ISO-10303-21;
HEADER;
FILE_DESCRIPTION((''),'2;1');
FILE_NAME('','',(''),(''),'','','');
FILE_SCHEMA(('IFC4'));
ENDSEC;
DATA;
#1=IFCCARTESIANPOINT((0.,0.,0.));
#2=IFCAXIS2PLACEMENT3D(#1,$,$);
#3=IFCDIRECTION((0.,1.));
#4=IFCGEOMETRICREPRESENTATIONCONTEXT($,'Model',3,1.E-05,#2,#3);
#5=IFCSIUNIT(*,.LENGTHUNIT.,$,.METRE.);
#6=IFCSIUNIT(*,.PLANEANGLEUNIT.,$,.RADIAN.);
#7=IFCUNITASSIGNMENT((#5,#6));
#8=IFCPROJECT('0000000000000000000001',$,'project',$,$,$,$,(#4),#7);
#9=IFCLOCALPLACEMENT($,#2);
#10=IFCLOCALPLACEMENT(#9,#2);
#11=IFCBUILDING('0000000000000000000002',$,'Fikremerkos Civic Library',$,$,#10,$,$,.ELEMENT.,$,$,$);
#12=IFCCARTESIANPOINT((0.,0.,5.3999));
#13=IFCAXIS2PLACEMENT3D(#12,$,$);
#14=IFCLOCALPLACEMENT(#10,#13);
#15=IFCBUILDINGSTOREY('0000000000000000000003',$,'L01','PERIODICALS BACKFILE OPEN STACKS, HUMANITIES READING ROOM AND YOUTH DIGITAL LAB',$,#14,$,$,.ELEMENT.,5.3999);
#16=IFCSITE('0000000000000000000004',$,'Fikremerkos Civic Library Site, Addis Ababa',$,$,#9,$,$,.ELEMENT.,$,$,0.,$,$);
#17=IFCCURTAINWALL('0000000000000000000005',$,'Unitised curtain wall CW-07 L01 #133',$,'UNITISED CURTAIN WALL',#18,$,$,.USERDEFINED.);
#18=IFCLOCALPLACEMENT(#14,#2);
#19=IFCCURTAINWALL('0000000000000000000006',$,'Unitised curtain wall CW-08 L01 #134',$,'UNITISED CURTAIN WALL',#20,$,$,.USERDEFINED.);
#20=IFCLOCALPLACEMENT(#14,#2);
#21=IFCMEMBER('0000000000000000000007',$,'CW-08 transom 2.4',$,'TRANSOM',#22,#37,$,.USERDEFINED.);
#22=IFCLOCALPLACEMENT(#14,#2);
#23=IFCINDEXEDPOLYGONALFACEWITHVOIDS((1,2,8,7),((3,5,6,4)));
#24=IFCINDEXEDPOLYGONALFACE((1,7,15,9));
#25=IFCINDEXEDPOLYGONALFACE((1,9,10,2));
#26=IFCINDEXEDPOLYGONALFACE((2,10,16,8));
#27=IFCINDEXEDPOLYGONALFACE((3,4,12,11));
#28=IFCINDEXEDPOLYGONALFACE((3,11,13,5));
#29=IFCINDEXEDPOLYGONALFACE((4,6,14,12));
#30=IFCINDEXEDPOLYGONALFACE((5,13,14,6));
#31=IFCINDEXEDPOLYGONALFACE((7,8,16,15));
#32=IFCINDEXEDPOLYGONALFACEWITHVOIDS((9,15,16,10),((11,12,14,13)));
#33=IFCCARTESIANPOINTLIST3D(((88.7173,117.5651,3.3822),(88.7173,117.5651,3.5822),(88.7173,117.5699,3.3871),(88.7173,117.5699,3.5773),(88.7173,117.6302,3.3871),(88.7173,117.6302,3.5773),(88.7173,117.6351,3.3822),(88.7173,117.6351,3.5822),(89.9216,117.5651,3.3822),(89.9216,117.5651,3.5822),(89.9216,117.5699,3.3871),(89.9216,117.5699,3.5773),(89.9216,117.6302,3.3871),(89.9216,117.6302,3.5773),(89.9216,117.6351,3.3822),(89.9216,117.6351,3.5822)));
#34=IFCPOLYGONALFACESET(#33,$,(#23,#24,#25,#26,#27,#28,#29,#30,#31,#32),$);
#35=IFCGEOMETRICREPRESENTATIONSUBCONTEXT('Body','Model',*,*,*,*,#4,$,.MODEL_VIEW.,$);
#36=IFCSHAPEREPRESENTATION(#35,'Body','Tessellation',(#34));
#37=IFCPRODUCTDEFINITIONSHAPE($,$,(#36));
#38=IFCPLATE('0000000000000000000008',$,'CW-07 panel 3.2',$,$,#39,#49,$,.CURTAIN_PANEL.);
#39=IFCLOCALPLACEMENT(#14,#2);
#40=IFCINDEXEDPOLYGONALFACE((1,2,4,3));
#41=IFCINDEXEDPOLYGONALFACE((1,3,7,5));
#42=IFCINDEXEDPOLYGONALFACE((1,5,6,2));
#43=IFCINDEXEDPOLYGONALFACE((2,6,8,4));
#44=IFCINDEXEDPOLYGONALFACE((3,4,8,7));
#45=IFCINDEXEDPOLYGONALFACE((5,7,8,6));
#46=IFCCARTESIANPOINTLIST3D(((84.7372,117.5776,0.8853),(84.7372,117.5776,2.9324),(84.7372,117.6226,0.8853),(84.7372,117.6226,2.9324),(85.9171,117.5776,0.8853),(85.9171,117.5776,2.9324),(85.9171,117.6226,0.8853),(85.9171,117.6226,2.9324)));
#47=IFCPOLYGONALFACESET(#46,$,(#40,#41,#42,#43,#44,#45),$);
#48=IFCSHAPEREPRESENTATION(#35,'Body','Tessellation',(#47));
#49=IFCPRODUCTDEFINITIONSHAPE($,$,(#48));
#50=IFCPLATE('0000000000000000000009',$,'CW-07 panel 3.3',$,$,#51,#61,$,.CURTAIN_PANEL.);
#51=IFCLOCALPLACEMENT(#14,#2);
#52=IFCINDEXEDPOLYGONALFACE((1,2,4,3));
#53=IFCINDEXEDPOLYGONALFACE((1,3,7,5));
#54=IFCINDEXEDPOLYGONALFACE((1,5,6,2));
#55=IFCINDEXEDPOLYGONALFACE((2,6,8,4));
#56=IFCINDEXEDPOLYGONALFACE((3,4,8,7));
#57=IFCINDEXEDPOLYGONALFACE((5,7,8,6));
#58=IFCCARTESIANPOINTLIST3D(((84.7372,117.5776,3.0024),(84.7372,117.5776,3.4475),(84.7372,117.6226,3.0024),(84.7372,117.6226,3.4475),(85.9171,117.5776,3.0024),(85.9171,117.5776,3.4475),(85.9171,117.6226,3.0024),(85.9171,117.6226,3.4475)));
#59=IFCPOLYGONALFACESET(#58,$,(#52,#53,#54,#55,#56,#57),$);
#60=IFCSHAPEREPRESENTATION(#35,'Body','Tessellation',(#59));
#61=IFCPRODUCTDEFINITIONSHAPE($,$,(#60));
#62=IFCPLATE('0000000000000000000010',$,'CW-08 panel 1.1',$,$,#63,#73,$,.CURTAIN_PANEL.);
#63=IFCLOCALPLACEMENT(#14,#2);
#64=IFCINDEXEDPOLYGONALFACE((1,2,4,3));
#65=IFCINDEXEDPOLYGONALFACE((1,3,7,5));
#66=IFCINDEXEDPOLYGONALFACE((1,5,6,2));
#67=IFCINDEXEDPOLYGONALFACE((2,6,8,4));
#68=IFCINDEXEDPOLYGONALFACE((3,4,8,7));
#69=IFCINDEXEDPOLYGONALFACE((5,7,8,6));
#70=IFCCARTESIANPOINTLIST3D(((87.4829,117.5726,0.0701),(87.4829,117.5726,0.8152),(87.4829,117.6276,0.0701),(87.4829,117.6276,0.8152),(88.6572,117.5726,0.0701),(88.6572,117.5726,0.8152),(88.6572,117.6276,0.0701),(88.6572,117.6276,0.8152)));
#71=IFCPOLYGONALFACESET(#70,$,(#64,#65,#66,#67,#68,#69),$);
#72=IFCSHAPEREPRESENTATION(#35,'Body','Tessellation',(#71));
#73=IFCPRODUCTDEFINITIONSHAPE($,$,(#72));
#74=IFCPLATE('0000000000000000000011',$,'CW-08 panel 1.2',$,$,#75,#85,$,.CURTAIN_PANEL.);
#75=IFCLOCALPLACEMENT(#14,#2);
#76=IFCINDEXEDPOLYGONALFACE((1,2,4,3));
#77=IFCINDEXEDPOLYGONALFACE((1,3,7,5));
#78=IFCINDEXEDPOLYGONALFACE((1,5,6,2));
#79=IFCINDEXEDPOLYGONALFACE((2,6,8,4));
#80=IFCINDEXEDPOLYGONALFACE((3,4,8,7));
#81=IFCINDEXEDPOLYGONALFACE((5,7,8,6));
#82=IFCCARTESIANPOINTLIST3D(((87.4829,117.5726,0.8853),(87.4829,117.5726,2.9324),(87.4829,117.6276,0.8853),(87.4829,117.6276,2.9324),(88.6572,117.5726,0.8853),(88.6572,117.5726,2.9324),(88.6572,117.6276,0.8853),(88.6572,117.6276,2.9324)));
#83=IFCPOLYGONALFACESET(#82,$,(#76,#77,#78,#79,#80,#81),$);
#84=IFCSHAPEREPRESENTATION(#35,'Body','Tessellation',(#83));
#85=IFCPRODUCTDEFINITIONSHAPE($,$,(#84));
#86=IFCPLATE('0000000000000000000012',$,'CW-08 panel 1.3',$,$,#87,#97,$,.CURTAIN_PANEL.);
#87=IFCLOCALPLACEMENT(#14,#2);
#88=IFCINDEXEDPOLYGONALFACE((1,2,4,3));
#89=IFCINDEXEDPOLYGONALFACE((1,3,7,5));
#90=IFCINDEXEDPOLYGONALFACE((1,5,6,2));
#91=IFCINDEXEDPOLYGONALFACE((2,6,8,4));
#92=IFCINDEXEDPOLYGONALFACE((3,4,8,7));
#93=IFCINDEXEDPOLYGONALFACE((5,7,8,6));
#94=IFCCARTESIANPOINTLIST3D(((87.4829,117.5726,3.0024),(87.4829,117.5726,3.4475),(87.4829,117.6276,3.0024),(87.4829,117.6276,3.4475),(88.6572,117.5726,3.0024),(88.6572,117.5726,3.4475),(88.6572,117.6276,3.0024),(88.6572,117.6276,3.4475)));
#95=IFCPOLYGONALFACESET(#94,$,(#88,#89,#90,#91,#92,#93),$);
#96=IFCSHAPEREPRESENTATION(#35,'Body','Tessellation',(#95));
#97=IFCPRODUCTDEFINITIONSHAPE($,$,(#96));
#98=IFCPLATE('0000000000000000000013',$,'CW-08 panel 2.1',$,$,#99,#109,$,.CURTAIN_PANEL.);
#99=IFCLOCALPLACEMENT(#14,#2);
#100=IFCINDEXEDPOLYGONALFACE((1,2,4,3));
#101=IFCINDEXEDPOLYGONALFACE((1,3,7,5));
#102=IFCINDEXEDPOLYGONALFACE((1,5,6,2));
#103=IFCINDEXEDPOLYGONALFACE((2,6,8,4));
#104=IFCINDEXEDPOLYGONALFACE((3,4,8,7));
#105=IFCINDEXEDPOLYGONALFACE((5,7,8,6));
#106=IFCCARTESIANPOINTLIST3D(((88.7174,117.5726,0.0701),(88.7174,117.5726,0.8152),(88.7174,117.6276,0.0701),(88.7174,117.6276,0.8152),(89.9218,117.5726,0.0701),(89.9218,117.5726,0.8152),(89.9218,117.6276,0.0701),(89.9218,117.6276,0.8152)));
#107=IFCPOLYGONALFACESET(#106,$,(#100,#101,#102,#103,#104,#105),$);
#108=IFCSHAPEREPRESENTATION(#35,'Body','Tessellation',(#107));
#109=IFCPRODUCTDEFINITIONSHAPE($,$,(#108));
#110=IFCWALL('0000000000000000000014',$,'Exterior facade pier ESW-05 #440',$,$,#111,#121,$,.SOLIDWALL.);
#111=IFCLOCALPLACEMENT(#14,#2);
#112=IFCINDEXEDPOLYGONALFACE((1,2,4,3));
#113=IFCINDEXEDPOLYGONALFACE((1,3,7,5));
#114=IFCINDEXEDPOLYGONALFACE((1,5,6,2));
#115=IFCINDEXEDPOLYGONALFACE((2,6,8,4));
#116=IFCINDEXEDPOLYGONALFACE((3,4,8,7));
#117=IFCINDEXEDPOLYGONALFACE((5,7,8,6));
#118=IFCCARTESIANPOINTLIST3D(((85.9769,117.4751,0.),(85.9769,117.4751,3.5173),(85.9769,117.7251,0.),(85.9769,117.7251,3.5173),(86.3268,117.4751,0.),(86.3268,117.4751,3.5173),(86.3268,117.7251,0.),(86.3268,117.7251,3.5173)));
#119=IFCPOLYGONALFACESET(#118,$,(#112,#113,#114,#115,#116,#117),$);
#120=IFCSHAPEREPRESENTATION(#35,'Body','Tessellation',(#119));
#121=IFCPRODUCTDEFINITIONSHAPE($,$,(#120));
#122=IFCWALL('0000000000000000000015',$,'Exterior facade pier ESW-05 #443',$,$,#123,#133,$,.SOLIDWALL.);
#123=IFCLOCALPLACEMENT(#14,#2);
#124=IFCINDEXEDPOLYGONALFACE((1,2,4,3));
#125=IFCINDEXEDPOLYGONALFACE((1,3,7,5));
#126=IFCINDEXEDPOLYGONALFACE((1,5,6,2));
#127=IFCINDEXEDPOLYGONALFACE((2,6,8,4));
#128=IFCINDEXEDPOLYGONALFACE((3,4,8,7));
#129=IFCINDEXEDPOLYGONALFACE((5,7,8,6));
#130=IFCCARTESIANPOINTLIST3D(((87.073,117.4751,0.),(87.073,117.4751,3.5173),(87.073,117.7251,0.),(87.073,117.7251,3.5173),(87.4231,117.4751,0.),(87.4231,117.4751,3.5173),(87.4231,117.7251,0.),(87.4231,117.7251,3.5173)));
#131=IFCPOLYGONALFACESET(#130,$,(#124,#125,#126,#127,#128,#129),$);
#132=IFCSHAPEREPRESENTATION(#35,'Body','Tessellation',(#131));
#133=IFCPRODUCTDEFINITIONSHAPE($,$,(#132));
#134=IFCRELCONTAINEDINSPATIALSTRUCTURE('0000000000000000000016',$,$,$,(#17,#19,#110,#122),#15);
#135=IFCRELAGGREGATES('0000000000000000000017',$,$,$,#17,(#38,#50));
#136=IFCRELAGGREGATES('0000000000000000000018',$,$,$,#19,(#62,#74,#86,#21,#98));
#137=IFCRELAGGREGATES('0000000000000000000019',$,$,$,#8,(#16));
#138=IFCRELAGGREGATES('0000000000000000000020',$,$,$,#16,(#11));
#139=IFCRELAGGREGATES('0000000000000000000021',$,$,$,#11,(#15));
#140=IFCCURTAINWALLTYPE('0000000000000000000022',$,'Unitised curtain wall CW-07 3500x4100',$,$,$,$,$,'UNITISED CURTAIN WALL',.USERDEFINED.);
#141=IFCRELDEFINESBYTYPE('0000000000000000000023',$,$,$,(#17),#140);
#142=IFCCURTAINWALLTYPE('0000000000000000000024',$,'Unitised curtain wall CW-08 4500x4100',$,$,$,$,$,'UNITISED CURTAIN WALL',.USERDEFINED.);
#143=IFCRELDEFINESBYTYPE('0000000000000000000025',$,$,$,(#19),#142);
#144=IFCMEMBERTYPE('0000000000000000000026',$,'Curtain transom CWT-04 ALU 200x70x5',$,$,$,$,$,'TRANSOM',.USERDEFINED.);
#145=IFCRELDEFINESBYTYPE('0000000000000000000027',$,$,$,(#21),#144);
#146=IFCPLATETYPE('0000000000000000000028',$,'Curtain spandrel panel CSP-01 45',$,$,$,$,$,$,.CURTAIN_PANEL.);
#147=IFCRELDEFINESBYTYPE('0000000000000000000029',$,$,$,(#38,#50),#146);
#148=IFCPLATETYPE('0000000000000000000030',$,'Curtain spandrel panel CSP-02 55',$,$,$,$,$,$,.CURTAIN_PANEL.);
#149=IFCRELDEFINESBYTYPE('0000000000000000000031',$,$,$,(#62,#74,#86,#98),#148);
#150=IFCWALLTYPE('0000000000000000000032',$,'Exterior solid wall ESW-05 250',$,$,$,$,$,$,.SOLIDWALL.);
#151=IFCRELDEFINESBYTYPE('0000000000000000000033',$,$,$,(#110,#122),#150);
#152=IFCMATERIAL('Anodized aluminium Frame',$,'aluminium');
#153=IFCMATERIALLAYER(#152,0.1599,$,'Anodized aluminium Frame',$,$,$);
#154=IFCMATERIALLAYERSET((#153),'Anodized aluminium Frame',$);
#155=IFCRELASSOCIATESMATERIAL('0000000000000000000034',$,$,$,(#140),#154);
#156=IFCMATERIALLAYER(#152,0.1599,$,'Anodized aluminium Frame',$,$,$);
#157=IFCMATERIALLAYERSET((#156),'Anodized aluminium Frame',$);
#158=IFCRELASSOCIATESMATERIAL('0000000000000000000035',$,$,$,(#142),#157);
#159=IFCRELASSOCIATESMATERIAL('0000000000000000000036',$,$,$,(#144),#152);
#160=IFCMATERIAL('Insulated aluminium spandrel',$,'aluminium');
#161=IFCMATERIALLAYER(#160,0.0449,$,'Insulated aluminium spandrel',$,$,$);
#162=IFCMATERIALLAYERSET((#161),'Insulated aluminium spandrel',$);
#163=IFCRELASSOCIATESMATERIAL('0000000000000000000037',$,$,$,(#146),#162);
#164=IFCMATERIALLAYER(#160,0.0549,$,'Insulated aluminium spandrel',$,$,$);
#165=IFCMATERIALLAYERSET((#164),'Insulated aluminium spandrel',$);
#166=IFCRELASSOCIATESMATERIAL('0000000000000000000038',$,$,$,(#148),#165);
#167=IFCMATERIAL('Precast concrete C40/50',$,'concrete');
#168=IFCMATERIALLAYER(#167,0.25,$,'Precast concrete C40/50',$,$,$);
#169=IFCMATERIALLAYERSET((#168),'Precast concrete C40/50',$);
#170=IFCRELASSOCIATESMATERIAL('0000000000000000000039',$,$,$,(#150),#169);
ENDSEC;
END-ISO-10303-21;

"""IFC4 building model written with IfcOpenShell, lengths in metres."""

from ifc_helpers import new_model, si_unit, direction, frame, frame_2d, origin, origin_2d, place, context, subcontext, project, spatial, rectangle, hollow_rectangle, extrude, material, layer, layer_set, material_profile, profile_set, type_object, element, aggregate, save


model = new_model("IFC4")

# Units and contexts
model_context = context("Model", 3, precision=1e-05, world=origin(), true_north=direction((0.0, 1.0)))
body_context = subcontext(model_context, "Body", "Model", "MODEL_VIEW")
ifc_project = project(units=[si_unit("LENGTHUNIT", "METRE"), si_unit("PLANEANGLEUNIT", "RADIAN")], contexts=[model_context])

# Site, building, storey
site_placement = place(None, origin())
site = spatial("IfcSite", under=ifc_project, at=site_placement, Name="Fikremerkos Civic Library Site, Addis Ababa", CompositionType="ELEMENT", RefElevation=0.0)
building_placement = place(site_placement, origin())
building = spatial("IfcBuilding", under=site, at=building_placement, Name="Fikremerkos Civic Library", CompositionType="ELEMENT")
storey_placement = place(building_placement, frame((0.0, 0.0, 5.3999)))
storey = spatial("IfcBuildingStorey", under=building, at=storey_placement, Name="L01", Description="PERIODICALS BACKFILE OPEN STACKS, HUMANITIES READING ROOM AND YOUTH DIGITAL LAB", CompositionType="ELEMENT", Elevation=5.3999)

# Curtain wall
ifc_material_1 = material(Name="Anodized aluminium Frame", Category="aluminium")
ifc_layer_1 = layer(ifc_material_1, 0.1599, Name="Anodized aluminium Frame")
ifc_layer_set_1 = layer_set([ifc_layer_1], Name="Anodized aluminium Frame")
curtain_wall_type_1 = type_object("IfcCurtainWallType", Name="Unitised curtain wall CW-07 3500x4100", ElementType="UNITISED CURTAIN WALL", PredefinedType="USERDEFINED", material=ifc_layer_set_1)
curtain_wall_1_placement = place(storey_placement, origin())
curtain_wall_1 = element("IfcCurtainWall", 1, at=curtain_wall_1_placement, inside=storey, type_object=curtain_wall_type_1, Name="Unitised curtain wall CW-07 L01 #133", ObjectType="UNITISED CURTAIN WALL", PredefinedType="USERDEFINED")

# Curtain wall, member
ifc_layer_2 = layer(ifc_material_1, 0.1599, Name="Anodized aluminium Frame")
ifc_layer_set_2 = layer_set([ifc_layer_2], Name="Anodized aluminium Frame")
curtain_wall_type_2 = type_object("IfcCurtainWallType", Name="Unitised curtain wall CW-08 4500x4100", ElementType="UNITISED CURTAIN WALL", PredefinedType="USERDEFINED", material=ifc_layer_set_2)
curtain_wall_2_placement = place(storey_placement, origin())
curtain_wall_2 = element("IfcCurtainWall", 2, at=curtain_wall_2_placement, inside=storey, type_object=curtain_wall_type_2, Name="Unitised curtain wall CW-08 L01 #134", ObjectType="UNITISED CURTAIN WALL", PredefinedType="USERDEFINED")
ifc_material_profile_1 = material_profile(ifc_material_1, hollow_rectangle(XDim=0.0701, YDim=0.2, WallThickness=0.0049, at=origin_2d()), Name="ALU 200x70x5")
ifc_profile_set_1 = profile_set([ifc_material_profile_1], Name="Anodized aluminium Frame")
member_type_1 = type_object("IfcMemberType", Name="Curtain transom CWT-04 ALU 200x70x5", ElementType="TRANSOM", PredefinedType="USERDEFINED", material=ifc_profile_set_1)
member_1_placement = place(storey_placement, frame((88.7173, 117.6001, 3.4822), z_axis=(1.0, 0.0, 0.0), x_axis=(0.0, 1.0, 0.0)))
member_1 = element("IfcMember", 3, at=member_1_placement, type_object=member_type_1, Name="CW-08 transom 2.4", ObjectType="TRANSOM", PredefinedType="USERDEFINED", context=body_context, shape_type="SweptSolid", body=[
    extrude(hollow_rectangle(XDim=0.0701, YDim=0.2, WallThickness=0.0049, at=origin_2d()), origin(), (0.0, 0.0, 1.0), 1.2043),
])

# Plates
ifc_material_2 = material(Name="Insulated aluminium spandrel", Category="aluminium")
ifc_layer_3 = layer(ifc_material_2, 0.0449, Name="Insulated aluminium spandrel")
ifc_layer_set_3 = layer_set([ifc_layer_3], Name="Insulated aluminium spandrel")
plate_type_1 = type_object("IfcPlateType", Name="Curtain spandrel panel CSP-01 45", PredefinedType="CURTAIN_PANEL", material=ifc_layer_set_3)
plate_1_placement = place(storey_placement, frame((85.3271, 117.6001, 0.8853), z_axis=(0.0, 0.0, 1.0), x_axis=(1.0, 0.0, 0.0)))
plate_1 = element("IfcPlate", 4, at=plate_1_placement, type_object=plate_type_1, Name="CW-07 panel 3.2", PredefinedType="CURTAIN_PANEL", context=body_context, shape_type="SweptSolid", body=[
    extrude(rectangle(XDim=1.1799, YDim=0.0449, at=origin_2d()), origin(), (0.0, 0.0, 1.0), 2.0471),
])
plate_2_placement = place(storey_placement, frame((85.3271, 117.6001, 3.0024), z_axis=(0.0, 0.0, 1.0), x_axis=(1.0, 0.0, 0.0)))
plate_2 = element("IfcPlate", 5, at=plate_2_placement, type_object=plate_type_1, Name="CW-07 panel 3.3", PredefinedType="CURTAIN_PANEL", context=body_context, shape_type="SweptSolid", body=[
    extrude(rectangle(XDim=1.1799, YDim=0.0449, at=origin_2d()), origin(), (0.0, 0.0, 1.0), 0.4451),
])
aggregate(curtain_wall_1, [plate_1, plate_2])
ifc_layer_4 = layer(ifc_material_2, 0.0549, Name="Insulated aluminium spandrel")
ifc_layer_set_4 = layer_set([ifc_layer_4], Name="Insulated aluminium spandrel")
plate_type_2 = type_object("IfcPlateType", Name="Curtain spandrel panel CSP-02 55", PredefinedType="CURTAIN_PANEL", material=ifc_layer_set_4)
plate_3_placement = place(storey_placement, frame((88.0701, 117.6001, 0.0701), z_axis=(0.0, 0.0, 1.0), x_axis=(1.0, 0.0, 0.0)))
plate_3 = element("IfcPlate", 6, at=plate_3_placement, type_object=plate_type_2, Name="CW-08 panel 1.1", PredefinedType="CURTAIN_PANEL", context=body_context, shape_type="SweptSolid", body=[
    extrude(rectangle(XDim=1.1743, YDim=0.0549, at=origin_2d()), origin(), (0.0, 0.0, 1.0), 0.7451),
])
plate_4_placement = place(storey_placement, frame((88.0701, 117.6001, 0.8853), z_axis=(0.0, 0.0, 1.0), x_axis=(1.0, 0.0, 0.0)))
plate_4 = element("IfcPlate", 7, at=plate_4_placement, type_object=plate_type_2, Name="CW-08 panel 1.2", PredefinedType="CURTAIN_PANEL", context=body_context, shape_type="SweptSolid", body=[
    extrude(rectangle(XDim=1.1743, YDim=0.0549, at=origin_2d()), origin(), (0.0, 0.0, 1.0), 2.0471),
])
plate_5_placement = place(storey_placement, frame((88.0701, 117.6001, 3.0024), z_axis=(0.0, 0.0, 1.0), x_axis=(1.0, 0.0, 0.0)))
plate_5 = element("IfcPlate", 8, at=plate_5_placement, type_object=plate_type_2, Name="CW-08 panel 1.3", PredefinedType="CURTAIN_PANEL", context=body_context, shape_type="SweptSolid", body=[
    extrude(rectangle(XDim=1.1743, YDim=0.0549, at=origin_2d()), origin(), (0.0, 0.0, 1.0), 0.4451),
])
plate_6_placement = place(storey_placement, frame((89.3196, 117.6001, 0.0701), z_axis=(0.0, 0.0, 1.0), x_axis=(1.0, 0.0, 0.0)))
plate_6 = element("IfcPlate", 9, at=plate_6_placement, type_object=plate_type_2, Name="CW-08 panel 2.1", PredefinedType="CURTAIN_PANEL", context=body_context, shape_type="SweptSolid", body=[
    extrude(rectangle(XDim=1.2043, YDim=0.0549, at=origin_2d()), origin(), (0.0, 0.0, 1.0), 0.7451),
])
aggregate(curtain_wall_2, [plate_3, plate_4, plate_5, member_1, plate_6])

# Walls
ifc_material_3 = material(Name="Precast concrete C40/50", Category="concrete")
ifc_layer_5 = layer(ifc_material_3, 0.25, Name="Precast concrete C40/50")
ifc_layer_set_5 = layer_set([ifc_layer_5], Name="Precast concrete C40/50")
wall_type = type_object("IfcWallType", Name="Exterior solid wall ESW-05 250", PredefinedType="SOLIDWALL", material=ifc_layer_set_5)
wall_1_placement = place(storey_placement, frame((85.9771, 117.6001, 0.0), z_axis=(0.0, 0.0, 1.0), x_axis=(1.0, 0.0, 0.0)))
element("IfcWall", 10, at=wall_1_placement, inside=storey, type_object=wall_type, Name="Exterior facade pier ESW-05 #440", PredefinedType="SOLIDWALL", context=body_context, shape_type="SweptSolid", body=[
    extrude(rectangle(XDim=0.3499, YDim=0.25, at=frame_2d((0.1748, 0.0))), origin(), (0.0, 0.0, 1.0), 3.5173),
])
wall_2_placement = place(storey_placement, frame((87.073, 117.6001, 0.0), z_axis=(0.0, 0.0, 1.0), x_axis=(1.0, 0.0, 0.0)))
element("IfcWall", 11, at=wall_2_placement, inside=storey, type_object=wall_type, Name="Exterior facade pier ESW-05 #443", PredefinedType="SOLIDWALL", context=body_context, shape_type="SweptSolid", body=[
    extrude(rectangle(XDim=0.3501, YDim=0.25, at=frame_2d((0.175, 0.0))), origin(), (0.0, 0.0, 1.0), 3.5173),
])

save(model, "model.ifc")
